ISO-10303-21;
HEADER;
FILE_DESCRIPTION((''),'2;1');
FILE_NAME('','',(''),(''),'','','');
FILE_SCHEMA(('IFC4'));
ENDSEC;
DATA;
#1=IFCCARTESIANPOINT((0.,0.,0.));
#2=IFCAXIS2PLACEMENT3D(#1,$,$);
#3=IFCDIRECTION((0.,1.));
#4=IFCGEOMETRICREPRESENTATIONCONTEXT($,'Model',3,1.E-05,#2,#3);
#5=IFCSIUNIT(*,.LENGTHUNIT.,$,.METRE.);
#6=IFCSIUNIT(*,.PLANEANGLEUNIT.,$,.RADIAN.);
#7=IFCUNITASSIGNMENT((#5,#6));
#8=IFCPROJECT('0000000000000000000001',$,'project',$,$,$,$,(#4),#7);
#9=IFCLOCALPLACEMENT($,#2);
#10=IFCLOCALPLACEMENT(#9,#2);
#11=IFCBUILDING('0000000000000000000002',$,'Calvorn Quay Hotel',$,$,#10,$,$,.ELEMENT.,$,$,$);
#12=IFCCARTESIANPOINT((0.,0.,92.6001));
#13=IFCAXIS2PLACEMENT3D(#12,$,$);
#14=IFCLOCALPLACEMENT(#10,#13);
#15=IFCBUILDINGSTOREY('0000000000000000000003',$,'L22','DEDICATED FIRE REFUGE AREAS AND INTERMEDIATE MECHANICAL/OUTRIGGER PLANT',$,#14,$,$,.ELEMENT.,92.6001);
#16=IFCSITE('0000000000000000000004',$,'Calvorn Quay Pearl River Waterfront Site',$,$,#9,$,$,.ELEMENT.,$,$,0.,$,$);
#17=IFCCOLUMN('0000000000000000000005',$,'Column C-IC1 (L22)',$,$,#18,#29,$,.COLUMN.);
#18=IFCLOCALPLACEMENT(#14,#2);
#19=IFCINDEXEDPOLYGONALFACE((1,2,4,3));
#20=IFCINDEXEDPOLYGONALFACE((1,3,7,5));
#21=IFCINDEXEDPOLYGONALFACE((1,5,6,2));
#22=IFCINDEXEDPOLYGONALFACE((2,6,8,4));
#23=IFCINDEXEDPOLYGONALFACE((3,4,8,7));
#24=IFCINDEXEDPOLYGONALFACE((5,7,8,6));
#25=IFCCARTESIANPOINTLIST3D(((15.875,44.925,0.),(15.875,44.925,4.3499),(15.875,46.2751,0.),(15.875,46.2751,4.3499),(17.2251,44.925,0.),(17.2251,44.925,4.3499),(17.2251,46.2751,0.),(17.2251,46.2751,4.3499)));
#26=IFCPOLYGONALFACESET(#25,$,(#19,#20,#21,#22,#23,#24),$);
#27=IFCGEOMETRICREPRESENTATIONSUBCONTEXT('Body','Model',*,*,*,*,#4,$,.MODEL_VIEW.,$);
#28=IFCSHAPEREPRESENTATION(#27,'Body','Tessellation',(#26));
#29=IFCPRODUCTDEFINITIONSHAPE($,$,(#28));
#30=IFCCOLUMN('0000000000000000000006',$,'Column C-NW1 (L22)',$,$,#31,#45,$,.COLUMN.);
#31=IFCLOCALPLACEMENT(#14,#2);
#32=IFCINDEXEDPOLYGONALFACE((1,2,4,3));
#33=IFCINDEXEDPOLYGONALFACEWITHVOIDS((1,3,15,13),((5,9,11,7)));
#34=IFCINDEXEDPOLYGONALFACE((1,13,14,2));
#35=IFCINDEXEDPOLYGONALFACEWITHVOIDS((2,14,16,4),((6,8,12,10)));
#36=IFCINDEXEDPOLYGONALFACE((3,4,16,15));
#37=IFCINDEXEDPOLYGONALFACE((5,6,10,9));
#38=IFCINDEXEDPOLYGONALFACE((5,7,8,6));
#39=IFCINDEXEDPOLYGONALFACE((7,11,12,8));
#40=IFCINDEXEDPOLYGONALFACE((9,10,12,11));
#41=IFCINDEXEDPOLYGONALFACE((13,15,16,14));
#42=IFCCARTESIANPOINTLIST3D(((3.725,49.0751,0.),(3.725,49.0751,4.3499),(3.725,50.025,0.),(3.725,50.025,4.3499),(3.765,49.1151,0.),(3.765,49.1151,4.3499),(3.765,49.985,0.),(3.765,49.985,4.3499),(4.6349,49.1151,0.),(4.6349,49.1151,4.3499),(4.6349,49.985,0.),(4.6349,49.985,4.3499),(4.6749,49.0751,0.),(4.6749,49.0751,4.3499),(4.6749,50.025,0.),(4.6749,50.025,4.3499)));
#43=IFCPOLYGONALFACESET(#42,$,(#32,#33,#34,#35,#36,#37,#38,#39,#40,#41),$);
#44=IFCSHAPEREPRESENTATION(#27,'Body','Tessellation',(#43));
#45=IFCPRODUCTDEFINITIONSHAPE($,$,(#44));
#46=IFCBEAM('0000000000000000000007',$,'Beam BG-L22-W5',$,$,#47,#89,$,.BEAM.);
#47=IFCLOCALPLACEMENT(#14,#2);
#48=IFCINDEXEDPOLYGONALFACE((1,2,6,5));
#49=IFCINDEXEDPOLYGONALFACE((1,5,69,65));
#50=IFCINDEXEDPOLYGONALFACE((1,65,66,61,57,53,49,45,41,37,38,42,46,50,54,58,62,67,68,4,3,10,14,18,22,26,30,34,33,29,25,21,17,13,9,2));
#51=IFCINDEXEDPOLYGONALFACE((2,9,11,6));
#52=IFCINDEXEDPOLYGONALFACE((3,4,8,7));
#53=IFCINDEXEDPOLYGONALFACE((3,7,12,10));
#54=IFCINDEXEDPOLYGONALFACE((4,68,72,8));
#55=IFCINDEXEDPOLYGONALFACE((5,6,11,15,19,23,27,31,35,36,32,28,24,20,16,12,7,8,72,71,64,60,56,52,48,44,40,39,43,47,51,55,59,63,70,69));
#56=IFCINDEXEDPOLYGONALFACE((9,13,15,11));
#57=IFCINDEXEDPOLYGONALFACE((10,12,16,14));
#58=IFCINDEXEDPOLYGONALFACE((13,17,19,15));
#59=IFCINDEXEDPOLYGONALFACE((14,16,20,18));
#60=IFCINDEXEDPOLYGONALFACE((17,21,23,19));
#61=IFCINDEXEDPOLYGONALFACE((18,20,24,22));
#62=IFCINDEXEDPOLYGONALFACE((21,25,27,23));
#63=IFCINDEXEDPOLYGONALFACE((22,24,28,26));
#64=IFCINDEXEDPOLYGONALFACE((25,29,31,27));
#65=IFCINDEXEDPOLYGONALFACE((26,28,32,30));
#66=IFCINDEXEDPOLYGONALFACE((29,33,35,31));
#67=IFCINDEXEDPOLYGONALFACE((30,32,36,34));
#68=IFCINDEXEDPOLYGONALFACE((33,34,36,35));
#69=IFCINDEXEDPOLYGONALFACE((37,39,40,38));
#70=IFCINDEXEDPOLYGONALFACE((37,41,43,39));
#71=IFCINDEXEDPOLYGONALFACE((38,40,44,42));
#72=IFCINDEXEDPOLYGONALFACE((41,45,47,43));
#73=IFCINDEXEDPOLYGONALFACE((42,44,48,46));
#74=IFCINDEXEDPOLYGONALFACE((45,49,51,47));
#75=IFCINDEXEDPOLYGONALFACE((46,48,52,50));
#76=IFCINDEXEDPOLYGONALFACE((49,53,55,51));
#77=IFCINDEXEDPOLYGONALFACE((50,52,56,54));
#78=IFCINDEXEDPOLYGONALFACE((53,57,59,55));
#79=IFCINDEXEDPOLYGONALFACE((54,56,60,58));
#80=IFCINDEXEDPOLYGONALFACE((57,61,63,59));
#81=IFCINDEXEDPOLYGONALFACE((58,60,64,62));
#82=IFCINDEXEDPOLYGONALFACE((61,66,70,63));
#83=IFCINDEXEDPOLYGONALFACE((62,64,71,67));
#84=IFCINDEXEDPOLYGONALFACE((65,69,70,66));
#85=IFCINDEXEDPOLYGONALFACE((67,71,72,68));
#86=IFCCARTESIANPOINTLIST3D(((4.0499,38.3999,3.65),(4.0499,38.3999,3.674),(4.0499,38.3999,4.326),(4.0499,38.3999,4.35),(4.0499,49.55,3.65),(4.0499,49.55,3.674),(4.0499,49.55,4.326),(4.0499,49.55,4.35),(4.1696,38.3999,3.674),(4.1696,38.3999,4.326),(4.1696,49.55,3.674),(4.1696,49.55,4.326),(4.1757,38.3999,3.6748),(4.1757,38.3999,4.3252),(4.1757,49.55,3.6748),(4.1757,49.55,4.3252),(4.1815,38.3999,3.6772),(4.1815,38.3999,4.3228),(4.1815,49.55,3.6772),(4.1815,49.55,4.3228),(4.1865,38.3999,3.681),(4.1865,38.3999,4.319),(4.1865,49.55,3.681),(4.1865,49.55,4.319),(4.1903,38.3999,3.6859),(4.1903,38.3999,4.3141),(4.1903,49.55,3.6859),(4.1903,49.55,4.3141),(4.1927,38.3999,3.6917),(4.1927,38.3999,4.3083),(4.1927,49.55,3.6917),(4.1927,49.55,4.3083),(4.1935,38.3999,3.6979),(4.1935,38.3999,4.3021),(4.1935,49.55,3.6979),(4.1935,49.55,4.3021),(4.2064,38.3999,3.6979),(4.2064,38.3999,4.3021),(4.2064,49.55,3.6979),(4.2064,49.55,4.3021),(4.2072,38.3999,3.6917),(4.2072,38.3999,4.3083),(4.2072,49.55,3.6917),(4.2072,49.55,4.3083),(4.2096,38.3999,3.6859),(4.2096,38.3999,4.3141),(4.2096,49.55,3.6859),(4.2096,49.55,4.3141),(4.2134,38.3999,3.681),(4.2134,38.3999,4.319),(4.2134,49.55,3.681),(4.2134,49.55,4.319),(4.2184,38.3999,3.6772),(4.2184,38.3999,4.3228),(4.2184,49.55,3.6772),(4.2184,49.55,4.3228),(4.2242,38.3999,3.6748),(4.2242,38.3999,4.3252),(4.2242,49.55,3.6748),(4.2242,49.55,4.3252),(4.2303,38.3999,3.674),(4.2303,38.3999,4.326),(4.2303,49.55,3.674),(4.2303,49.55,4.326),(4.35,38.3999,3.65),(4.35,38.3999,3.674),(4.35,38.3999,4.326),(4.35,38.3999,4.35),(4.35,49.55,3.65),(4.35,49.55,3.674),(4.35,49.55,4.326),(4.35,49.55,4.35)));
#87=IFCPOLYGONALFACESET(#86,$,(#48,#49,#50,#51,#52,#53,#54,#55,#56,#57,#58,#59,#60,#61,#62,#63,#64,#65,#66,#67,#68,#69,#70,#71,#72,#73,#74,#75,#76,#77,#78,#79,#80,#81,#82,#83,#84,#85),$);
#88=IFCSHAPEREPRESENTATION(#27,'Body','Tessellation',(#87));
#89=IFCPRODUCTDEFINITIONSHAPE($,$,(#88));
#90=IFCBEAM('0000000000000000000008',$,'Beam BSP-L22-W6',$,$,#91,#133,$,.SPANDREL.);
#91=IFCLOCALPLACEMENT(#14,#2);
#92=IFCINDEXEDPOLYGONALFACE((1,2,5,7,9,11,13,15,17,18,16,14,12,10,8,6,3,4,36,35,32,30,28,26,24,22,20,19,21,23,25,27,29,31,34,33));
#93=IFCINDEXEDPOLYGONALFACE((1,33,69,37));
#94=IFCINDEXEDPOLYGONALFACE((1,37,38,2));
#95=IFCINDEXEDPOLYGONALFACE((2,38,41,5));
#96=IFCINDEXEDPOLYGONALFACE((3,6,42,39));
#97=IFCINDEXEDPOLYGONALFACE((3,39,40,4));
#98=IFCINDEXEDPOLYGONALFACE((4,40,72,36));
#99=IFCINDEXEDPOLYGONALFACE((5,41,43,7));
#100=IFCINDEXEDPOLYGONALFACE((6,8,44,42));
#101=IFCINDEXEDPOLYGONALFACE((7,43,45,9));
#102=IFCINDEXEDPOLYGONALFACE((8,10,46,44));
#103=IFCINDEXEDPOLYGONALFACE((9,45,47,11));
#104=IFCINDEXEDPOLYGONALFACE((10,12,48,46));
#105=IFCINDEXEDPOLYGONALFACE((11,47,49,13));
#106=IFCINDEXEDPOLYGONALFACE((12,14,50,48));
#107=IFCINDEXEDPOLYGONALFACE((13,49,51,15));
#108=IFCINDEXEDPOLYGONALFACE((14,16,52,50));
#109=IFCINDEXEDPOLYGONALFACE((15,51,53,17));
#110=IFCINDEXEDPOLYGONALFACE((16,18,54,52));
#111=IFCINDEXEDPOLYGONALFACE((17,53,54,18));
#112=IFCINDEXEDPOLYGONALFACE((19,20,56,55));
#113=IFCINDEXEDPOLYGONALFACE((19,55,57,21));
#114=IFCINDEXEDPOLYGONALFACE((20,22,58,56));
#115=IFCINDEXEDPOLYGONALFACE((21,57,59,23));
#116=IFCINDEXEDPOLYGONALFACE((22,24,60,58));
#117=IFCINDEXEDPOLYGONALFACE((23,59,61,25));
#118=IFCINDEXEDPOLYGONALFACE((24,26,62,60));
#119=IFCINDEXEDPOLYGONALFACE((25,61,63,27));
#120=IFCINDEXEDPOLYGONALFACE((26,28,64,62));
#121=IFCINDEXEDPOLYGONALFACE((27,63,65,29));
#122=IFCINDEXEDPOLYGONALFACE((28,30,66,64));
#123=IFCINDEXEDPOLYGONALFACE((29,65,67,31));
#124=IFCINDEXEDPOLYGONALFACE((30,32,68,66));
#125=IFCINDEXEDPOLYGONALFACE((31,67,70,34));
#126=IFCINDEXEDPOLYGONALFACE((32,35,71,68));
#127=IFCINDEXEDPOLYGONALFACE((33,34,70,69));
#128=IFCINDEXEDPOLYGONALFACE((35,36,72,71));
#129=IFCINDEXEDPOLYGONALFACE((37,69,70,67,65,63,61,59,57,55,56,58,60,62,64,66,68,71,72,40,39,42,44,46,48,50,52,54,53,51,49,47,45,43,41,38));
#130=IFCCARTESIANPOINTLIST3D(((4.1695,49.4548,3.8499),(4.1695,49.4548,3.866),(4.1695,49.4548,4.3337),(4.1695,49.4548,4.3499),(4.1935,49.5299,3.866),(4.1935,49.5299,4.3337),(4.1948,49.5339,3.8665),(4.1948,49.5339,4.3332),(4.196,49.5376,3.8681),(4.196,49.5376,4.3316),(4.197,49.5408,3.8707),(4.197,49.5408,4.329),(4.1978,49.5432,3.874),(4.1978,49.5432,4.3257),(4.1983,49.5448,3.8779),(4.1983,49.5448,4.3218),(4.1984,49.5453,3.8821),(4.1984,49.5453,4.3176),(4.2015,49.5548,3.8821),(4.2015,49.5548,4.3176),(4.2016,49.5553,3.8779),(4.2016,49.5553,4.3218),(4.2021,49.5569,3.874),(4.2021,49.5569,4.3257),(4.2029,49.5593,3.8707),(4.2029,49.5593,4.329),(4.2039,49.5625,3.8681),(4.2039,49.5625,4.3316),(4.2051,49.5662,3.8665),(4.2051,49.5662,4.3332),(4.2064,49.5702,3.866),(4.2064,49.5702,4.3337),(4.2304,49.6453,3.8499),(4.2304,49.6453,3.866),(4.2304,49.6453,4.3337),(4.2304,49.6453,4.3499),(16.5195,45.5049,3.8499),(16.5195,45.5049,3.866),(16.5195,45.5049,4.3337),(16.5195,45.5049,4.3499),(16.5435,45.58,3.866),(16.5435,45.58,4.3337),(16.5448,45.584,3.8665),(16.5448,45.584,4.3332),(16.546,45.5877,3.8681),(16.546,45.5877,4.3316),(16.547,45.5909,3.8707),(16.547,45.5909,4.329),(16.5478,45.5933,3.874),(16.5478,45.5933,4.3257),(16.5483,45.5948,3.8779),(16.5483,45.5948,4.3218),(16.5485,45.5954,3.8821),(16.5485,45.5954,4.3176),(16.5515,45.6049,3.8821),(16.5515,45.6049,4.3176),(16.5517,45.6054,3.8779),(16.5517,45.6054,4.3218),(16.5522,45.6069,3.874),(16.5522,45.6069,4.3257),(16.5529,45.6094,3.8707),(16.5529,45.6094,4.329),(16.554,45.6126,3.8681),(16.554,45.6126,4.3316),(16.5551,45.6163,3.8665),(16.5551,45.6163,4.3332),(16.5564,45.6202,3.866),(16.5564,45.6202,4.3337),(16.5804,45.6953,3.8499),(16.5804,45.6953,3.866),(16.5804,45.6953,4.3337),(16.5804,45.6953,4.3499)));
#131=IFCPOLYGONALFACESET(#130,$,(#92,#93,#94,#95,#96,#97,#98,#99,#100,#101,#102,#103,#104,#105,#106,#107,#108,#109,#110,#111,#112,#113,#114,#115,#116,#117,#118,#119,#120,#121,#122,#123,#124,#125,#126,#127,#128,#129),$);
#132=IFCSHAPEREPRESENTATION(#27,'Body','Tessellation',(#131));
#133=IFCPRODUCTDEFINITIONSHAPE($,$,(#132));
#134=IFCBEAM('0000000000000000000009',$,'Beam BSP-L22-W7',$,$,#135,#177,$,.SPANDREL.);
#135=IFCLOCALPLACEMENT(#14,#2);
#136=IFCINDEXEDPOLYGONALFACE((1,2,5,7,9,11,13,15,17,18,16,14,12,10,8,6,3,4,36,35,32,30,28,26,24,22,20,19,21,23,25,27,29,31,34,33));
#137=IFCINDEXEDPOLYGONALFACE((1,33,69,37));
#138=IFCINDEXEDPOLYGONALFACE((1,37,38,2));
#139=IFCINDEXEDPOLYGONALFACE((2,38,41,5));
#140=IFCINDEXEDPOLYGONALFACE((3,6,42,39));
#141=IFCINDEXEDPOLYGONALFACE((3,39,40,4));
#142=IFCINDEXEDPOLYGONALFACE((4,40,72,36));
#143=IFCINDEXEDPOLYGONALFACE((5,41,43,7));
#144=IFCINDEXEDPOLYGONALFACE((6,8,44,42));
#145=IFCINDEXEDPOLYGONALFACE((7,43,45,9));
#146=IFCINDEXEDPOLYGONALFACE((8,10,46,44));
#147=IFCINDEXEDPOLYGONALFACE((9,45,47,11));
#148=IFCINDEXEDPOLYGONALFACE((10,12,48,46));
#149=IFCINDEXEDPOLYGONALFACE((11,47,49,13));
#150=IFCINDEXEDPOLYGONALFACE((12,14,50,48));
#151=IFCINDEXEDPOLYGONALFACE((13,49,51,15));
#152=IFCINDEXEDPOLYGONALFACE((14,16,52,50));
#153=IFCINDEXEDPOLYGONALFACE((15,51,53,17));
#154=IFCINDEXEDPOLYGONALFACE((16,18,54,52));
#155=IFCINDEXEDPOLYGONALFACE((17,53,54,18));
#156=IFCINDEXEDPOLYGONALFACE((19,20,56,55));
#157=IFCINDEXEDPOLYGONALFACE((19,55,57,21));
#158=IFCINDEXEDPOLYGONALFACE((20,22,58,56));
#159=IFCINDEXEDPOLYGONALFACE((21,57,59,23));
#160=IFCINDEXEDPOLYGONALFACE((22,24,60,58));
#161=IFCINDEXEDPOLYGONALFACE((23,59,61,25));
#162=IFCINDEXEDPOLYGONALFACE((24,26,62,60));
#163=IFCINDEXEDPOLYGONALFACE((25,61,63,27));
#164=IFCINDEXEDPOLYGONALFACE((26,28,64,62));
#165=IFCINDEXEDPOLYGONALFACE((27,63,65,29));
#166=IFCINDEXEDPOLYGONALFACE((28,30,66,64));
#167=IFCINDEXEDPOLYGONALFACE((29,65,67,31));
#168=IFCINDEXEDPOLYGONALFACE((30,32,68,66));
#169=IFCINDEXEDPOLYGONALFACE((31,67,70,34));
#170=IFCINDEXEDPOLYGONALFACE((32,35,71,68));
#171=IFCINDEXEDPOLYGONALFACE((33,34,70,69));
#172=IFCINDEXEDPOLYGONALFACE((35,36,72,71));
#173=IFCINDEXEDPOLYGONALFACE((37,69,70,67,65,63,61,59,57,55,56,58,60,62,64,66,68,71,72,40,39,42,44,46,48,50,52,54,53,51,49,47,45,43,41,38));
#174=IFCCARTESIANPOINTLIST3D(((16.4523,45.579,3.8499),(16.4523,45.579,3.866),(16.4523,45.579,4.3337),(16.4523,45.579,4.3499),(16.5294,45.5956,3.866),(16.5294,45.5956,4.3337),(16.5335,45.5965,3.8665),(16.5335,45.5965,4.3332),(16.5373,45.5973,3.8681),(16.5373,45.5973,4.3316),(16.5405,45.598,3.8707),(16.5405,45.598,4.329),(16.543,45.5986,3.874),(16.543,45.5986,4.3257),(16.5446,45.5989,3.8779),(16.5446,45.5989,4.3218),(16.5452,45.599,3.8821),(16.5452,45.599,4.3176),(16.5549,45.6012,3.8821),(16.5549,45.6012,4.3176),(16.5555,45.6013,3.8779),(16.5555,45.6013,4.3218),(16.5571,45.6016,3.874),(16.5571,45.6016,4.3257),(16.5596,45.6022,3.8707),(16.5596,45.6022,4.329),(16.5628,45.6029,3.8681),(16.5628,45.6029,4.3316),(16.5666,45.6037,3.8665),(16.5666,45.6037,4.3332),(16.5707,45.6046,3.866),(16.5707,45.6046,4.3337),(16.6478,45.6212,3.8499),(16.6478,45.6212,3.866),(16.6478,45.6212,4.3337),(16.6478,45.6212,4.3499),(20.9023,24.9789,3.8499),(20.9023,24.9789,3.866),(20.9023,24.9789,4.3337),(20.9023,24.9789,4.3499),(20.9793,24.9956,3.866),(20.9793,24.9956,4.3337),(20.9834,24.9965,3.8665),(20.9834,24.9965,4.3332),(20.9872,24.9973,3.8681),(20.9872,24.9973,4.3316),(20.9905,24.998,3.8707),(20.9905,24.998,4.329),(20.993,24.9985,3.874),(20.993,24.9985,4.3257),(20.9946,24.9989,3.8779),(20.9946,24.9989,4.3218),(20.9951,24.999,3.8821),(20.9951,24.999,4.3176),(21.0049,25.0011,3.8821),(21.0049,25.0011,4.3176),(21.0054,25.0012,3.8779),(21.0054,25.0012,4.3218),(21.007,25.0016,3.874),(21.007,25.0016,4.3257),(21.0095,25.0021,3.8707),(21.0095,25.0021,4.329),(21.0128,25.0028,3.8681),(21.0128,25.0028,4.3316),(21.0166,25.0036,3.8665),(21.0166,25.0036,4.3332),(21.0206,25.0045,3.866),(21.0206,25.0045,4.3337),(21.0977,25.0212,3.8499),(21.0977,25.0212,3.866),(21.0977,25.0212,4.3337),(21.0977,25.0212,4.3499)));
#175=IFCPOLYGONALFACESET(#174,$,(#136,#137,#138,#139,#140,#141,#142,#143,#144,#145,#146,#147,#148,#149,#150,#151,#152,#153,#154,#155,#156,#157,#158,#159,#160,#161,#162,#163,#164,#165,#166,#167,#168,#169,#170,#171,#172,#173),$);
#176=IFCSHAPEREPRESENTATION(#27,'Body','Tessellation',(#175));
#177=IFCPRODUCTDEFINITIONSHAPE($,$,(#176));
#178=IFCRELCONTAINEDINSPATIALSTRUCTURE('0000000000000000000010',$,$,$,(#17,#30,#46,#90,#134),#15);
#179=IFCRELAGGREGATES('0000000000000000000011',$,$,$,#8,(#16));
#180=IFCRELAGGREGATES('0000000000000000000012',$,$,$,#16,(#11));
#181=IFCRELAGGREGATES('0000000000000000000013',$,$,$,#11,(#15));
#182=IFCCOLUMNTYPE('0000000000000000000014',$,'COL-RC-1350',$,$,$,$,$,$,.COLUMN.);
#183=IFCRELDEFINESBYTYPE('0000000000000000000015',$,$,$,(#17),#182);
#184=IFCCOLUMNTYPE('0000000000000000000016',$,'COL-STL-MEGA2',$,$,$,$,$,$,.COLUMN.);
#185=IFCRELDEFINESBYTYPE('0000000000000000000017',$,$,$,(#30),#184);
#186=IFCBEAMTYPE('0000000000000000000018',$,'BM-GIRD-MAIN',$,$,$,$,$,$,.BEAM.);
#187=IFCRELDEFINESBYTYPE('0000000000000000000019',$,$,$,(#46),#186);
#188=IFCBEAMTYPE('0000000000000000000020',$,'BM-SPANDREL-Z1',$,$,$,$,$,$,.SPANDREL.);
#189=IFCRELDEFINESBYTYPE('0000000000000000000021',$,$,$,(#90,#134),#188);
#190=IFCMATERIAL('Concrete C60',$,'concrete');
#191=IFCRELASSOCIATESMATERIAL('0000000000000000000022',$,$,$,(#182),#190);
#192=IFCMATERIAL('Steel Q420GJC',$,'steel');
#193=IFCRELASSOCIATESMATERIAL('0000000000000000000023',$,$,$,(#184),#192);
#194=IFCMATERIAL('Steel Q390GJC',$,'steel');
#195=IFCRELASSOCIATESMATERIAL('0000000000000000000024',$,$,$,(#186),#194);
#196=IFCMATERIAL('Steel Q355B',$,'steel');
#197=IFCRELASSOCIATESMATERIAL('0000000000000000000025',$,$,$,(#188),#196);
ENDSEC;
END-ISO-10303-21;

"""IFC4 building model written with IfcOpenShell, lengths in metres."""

from ifc_helpers import new_model, si_unit, direction, frame, origin, origin_2d, place, context, subcontext, project, spatial, rectangle, hollow_rectangle, i_section, extrude, material, material_profile, profile_set, type_object, element, save


model = new_model("IFC4")

# Units and contexts
model_context = context("Model", 3, precision=1e-05, world=origin(), true_north=direction((0.0, 1.0)))
body_context = subcontext(model_context, "Body", "Model", "MODEL_VIEW")
ifc_project = project(units=[si_unit("LENGTHUNIT", "METRE"), si_unit("PLANEANGLEUNIT", "RADIAN")], contexts=[model_context])

# Site, building, storey
site_placement = place(None, origin())
site = spatial("IfcSite", under=ifc_project, at=site_placement, Name="Calvorn Quay Pearl River Waterfront Site", CompositionType="ELEMENT", RefElevation=0.0)
building_placement = place(site_placement, origin())
building = spatial("IfcBuilding", under=site, at=building_placement, Name="Calvorn Quay Hotel", CompositionType="ELEMENT")
storey_placement = place(building_placement, frame((0.0, 0.0, 92.6001)))
storey = spatial("IfcBuildingStorey", under=building, at=storey_placement, Name="L22", Description="DEDICATED FIRE REFUGE AREAS AND INTERMEDIATE MECHANICAL/OUTRIGGER PLANT", CompositionType="ELEMENT", Elevation=92.6001)

# Columns
ifc_material_1 = material(Name="Concrete C60", Category="concrete")
ifc_material_profile_1 = material_profile(ifc_material_1, rectangle(XDim=1.3501, YDim=1.3501, at=origin_2d()), Name="RC1350x1350")
ifc_profile_set_1 = profile_set([ifc_material_profile_1], Name="Concrete C60")
column_type_1 = type_object("IfcColumnType", Name="COL-RC-1350", PredefinedType="COLUMN", material=ifc_profile_set_1)
column_1_placement = place(storey_placement, frame((16.55, 45.6001, 0.0), z_axis=(0.0, 0.0, 1.0), x_axis=(1.0, 0.0, 0.0)))
element("IfcColumn", 1, at=column_1_placement, inside=storey, type_object=column_type_1, Name="Column C-IC1 (L22)", PredefinedType="COLUMN", context=body_context, shape_type="SweptSolid", body=[
    extrude(rectangle(XDim=1.3501, YDim=1.3501, at=origin_2d()), origin(), (0.0, 0.0, 1.0), 4.3499),
])
ifc_material_2 = material(Name="Steel Q420GJC", Category="steel")
ifc_material_profile_2 = material_profile(ifc_material_2, hollow_rectangle(XDim=0.95, YDim=0.95, WallThickness=0.04, at=origin_2d()), Name="BOX950x950x40")
ifc_profile_set_2 = profile_set([ifc_material_profile_2], Name="Steel Q420GJC")
column_type_2 = type_object("IfcColumnType", Name="COL-STL-MEGA2", PredefinedType="COLUMN", material=ifc_profile_set_2)
column_2_placement = place(storey_placement, frame((4.2, 49.55, 0.0), z_axis=(0.0, 0.0, 1.0), x_axis=(1.0, 0.0, 0.0)))
element("IfcColumn", 2, at=column_2_placement, inside=storey, type_object=column_type_2, Name="Column C-NW1 (L22)", PredefinedType="COLUMN", context=body_context, shape_type="SweptSolid", body=[
    extrude(hollow_rectangle(XDim=0.95, YDim=0.95, WallThickness=0.04, at=origin_2d()), origin(), (0.0, 0.0, 1.0), 4.3499),
])

# Beams
ifc_material_3 = material(Name="Steel Q390GJC", Category="steel")
ifc_material_profile_3 = material_profile(ifc_material_3, i_section(OverallWidth=0.3, OverallDepth=0.7, WebThickness=0.0129, FlangeThickness=0.0239, FilletRadius=0.0239, at=origin_2d()), Name="HN700x300x13x24")
ifc_profile_set_3 = profile_set([ifc_material_profile_3], Name="Steel Q390GJC")
beam_type_1 = type_object("IfcBeamType", Name="BM-GIRD-MAIN", PredefinedType="BEAM", material=ifc_profile_set_3)
beam_1_placement = place(storey_placement, frame((4.2, 49.55, 4.0), z_axis=(0.0, -1.0, 0.0), x_axis=(1.0, 0.0, 0.0)))
element("IfcBeam", 3, at=beam_1_placement, inside=storey, type_object=beam_type_1, Name="Beam BG-L22-W5", PredefinedType="BEAM", context=body_context, shape_type="SweptSolid", body=[
    extrude(i_section(OverallWidth=0.3, OverallDepth=0.7, WebThickness=0.0129, FlangeThickness=0.0239, FilletRadius=0.0239, at=origin_2d()), origin(), (0.0, 0.0, 1.0), 11.1501),
])
ifc_material_4 = material(Name="Steel Q355B", Category="steel")
ifc_material_profile_4 = material_profile(ifc_material_4, i_section(OverallWidth=0.2, OverallDepth=0.5, WebThickness=0.01, FlangeThickness=0.0161, FilletRadius=0.0161, at=origin_2d()), Name="HN500x200x10x16")
ifc_profile_set_4 = profile_set([ifc_material_profile_4], Name="Steel Q355B")
beam_type_2 = type_object("IfcBeamType", Name="BM-SPANDREL-Z1", PredefinedType="SPANDREL", material=ifc_profile_set_4)
beam_2_placement = place(storey_placement, frame((4.2, 49.55, 4.0999), z_axis=(0.952471, -0.30463, 0.0), x_axis=(0.30463, 0.952471, 0.0)))
element("IfcBeam", 4, at=beam_2_placement, inside=storey, type_object=beam_type_2, Name="Beam BSP-L22-W6", PredefinedType="SPANDREL", context=body_context, shape_type="SweptSolid", body=[
    extrude(i_section(OverallWidth=0.2, OverallDepth=0.5, WebThickness=0.01, FlangeThickness=0.0161, FilletRadius=0.0161, at=origin_2d()), origin(), (0.0, 0.0, 1.0), 12.9663),
])
beam_3_placement = place(storey_placement, frame((16.55, 45.6001, 4.0999), z_axis=(0.211146, -0.977455, 0.0), x_axis=(0.977455, 0.211146, 0.0)))
element("IfcBeam", 5, at=beam_3_placement, inside=storey, type_object=beam_type_2, Name="Beam BSP-L22-W7", PredefinedType="SPANDREL", context=body_context, shape_type="SweptSolid", body=[
    extrude(i_section(OverallWidth=0.2, OverallDepth=0.5, WebThickness=0.01, FlangeThickness=0.0161, FilletRadius=0.0161, at=origin_2d()), origin(), (0.0, 0.0, 1.0), 21.0752),
])

save(model, "model.ifc")
